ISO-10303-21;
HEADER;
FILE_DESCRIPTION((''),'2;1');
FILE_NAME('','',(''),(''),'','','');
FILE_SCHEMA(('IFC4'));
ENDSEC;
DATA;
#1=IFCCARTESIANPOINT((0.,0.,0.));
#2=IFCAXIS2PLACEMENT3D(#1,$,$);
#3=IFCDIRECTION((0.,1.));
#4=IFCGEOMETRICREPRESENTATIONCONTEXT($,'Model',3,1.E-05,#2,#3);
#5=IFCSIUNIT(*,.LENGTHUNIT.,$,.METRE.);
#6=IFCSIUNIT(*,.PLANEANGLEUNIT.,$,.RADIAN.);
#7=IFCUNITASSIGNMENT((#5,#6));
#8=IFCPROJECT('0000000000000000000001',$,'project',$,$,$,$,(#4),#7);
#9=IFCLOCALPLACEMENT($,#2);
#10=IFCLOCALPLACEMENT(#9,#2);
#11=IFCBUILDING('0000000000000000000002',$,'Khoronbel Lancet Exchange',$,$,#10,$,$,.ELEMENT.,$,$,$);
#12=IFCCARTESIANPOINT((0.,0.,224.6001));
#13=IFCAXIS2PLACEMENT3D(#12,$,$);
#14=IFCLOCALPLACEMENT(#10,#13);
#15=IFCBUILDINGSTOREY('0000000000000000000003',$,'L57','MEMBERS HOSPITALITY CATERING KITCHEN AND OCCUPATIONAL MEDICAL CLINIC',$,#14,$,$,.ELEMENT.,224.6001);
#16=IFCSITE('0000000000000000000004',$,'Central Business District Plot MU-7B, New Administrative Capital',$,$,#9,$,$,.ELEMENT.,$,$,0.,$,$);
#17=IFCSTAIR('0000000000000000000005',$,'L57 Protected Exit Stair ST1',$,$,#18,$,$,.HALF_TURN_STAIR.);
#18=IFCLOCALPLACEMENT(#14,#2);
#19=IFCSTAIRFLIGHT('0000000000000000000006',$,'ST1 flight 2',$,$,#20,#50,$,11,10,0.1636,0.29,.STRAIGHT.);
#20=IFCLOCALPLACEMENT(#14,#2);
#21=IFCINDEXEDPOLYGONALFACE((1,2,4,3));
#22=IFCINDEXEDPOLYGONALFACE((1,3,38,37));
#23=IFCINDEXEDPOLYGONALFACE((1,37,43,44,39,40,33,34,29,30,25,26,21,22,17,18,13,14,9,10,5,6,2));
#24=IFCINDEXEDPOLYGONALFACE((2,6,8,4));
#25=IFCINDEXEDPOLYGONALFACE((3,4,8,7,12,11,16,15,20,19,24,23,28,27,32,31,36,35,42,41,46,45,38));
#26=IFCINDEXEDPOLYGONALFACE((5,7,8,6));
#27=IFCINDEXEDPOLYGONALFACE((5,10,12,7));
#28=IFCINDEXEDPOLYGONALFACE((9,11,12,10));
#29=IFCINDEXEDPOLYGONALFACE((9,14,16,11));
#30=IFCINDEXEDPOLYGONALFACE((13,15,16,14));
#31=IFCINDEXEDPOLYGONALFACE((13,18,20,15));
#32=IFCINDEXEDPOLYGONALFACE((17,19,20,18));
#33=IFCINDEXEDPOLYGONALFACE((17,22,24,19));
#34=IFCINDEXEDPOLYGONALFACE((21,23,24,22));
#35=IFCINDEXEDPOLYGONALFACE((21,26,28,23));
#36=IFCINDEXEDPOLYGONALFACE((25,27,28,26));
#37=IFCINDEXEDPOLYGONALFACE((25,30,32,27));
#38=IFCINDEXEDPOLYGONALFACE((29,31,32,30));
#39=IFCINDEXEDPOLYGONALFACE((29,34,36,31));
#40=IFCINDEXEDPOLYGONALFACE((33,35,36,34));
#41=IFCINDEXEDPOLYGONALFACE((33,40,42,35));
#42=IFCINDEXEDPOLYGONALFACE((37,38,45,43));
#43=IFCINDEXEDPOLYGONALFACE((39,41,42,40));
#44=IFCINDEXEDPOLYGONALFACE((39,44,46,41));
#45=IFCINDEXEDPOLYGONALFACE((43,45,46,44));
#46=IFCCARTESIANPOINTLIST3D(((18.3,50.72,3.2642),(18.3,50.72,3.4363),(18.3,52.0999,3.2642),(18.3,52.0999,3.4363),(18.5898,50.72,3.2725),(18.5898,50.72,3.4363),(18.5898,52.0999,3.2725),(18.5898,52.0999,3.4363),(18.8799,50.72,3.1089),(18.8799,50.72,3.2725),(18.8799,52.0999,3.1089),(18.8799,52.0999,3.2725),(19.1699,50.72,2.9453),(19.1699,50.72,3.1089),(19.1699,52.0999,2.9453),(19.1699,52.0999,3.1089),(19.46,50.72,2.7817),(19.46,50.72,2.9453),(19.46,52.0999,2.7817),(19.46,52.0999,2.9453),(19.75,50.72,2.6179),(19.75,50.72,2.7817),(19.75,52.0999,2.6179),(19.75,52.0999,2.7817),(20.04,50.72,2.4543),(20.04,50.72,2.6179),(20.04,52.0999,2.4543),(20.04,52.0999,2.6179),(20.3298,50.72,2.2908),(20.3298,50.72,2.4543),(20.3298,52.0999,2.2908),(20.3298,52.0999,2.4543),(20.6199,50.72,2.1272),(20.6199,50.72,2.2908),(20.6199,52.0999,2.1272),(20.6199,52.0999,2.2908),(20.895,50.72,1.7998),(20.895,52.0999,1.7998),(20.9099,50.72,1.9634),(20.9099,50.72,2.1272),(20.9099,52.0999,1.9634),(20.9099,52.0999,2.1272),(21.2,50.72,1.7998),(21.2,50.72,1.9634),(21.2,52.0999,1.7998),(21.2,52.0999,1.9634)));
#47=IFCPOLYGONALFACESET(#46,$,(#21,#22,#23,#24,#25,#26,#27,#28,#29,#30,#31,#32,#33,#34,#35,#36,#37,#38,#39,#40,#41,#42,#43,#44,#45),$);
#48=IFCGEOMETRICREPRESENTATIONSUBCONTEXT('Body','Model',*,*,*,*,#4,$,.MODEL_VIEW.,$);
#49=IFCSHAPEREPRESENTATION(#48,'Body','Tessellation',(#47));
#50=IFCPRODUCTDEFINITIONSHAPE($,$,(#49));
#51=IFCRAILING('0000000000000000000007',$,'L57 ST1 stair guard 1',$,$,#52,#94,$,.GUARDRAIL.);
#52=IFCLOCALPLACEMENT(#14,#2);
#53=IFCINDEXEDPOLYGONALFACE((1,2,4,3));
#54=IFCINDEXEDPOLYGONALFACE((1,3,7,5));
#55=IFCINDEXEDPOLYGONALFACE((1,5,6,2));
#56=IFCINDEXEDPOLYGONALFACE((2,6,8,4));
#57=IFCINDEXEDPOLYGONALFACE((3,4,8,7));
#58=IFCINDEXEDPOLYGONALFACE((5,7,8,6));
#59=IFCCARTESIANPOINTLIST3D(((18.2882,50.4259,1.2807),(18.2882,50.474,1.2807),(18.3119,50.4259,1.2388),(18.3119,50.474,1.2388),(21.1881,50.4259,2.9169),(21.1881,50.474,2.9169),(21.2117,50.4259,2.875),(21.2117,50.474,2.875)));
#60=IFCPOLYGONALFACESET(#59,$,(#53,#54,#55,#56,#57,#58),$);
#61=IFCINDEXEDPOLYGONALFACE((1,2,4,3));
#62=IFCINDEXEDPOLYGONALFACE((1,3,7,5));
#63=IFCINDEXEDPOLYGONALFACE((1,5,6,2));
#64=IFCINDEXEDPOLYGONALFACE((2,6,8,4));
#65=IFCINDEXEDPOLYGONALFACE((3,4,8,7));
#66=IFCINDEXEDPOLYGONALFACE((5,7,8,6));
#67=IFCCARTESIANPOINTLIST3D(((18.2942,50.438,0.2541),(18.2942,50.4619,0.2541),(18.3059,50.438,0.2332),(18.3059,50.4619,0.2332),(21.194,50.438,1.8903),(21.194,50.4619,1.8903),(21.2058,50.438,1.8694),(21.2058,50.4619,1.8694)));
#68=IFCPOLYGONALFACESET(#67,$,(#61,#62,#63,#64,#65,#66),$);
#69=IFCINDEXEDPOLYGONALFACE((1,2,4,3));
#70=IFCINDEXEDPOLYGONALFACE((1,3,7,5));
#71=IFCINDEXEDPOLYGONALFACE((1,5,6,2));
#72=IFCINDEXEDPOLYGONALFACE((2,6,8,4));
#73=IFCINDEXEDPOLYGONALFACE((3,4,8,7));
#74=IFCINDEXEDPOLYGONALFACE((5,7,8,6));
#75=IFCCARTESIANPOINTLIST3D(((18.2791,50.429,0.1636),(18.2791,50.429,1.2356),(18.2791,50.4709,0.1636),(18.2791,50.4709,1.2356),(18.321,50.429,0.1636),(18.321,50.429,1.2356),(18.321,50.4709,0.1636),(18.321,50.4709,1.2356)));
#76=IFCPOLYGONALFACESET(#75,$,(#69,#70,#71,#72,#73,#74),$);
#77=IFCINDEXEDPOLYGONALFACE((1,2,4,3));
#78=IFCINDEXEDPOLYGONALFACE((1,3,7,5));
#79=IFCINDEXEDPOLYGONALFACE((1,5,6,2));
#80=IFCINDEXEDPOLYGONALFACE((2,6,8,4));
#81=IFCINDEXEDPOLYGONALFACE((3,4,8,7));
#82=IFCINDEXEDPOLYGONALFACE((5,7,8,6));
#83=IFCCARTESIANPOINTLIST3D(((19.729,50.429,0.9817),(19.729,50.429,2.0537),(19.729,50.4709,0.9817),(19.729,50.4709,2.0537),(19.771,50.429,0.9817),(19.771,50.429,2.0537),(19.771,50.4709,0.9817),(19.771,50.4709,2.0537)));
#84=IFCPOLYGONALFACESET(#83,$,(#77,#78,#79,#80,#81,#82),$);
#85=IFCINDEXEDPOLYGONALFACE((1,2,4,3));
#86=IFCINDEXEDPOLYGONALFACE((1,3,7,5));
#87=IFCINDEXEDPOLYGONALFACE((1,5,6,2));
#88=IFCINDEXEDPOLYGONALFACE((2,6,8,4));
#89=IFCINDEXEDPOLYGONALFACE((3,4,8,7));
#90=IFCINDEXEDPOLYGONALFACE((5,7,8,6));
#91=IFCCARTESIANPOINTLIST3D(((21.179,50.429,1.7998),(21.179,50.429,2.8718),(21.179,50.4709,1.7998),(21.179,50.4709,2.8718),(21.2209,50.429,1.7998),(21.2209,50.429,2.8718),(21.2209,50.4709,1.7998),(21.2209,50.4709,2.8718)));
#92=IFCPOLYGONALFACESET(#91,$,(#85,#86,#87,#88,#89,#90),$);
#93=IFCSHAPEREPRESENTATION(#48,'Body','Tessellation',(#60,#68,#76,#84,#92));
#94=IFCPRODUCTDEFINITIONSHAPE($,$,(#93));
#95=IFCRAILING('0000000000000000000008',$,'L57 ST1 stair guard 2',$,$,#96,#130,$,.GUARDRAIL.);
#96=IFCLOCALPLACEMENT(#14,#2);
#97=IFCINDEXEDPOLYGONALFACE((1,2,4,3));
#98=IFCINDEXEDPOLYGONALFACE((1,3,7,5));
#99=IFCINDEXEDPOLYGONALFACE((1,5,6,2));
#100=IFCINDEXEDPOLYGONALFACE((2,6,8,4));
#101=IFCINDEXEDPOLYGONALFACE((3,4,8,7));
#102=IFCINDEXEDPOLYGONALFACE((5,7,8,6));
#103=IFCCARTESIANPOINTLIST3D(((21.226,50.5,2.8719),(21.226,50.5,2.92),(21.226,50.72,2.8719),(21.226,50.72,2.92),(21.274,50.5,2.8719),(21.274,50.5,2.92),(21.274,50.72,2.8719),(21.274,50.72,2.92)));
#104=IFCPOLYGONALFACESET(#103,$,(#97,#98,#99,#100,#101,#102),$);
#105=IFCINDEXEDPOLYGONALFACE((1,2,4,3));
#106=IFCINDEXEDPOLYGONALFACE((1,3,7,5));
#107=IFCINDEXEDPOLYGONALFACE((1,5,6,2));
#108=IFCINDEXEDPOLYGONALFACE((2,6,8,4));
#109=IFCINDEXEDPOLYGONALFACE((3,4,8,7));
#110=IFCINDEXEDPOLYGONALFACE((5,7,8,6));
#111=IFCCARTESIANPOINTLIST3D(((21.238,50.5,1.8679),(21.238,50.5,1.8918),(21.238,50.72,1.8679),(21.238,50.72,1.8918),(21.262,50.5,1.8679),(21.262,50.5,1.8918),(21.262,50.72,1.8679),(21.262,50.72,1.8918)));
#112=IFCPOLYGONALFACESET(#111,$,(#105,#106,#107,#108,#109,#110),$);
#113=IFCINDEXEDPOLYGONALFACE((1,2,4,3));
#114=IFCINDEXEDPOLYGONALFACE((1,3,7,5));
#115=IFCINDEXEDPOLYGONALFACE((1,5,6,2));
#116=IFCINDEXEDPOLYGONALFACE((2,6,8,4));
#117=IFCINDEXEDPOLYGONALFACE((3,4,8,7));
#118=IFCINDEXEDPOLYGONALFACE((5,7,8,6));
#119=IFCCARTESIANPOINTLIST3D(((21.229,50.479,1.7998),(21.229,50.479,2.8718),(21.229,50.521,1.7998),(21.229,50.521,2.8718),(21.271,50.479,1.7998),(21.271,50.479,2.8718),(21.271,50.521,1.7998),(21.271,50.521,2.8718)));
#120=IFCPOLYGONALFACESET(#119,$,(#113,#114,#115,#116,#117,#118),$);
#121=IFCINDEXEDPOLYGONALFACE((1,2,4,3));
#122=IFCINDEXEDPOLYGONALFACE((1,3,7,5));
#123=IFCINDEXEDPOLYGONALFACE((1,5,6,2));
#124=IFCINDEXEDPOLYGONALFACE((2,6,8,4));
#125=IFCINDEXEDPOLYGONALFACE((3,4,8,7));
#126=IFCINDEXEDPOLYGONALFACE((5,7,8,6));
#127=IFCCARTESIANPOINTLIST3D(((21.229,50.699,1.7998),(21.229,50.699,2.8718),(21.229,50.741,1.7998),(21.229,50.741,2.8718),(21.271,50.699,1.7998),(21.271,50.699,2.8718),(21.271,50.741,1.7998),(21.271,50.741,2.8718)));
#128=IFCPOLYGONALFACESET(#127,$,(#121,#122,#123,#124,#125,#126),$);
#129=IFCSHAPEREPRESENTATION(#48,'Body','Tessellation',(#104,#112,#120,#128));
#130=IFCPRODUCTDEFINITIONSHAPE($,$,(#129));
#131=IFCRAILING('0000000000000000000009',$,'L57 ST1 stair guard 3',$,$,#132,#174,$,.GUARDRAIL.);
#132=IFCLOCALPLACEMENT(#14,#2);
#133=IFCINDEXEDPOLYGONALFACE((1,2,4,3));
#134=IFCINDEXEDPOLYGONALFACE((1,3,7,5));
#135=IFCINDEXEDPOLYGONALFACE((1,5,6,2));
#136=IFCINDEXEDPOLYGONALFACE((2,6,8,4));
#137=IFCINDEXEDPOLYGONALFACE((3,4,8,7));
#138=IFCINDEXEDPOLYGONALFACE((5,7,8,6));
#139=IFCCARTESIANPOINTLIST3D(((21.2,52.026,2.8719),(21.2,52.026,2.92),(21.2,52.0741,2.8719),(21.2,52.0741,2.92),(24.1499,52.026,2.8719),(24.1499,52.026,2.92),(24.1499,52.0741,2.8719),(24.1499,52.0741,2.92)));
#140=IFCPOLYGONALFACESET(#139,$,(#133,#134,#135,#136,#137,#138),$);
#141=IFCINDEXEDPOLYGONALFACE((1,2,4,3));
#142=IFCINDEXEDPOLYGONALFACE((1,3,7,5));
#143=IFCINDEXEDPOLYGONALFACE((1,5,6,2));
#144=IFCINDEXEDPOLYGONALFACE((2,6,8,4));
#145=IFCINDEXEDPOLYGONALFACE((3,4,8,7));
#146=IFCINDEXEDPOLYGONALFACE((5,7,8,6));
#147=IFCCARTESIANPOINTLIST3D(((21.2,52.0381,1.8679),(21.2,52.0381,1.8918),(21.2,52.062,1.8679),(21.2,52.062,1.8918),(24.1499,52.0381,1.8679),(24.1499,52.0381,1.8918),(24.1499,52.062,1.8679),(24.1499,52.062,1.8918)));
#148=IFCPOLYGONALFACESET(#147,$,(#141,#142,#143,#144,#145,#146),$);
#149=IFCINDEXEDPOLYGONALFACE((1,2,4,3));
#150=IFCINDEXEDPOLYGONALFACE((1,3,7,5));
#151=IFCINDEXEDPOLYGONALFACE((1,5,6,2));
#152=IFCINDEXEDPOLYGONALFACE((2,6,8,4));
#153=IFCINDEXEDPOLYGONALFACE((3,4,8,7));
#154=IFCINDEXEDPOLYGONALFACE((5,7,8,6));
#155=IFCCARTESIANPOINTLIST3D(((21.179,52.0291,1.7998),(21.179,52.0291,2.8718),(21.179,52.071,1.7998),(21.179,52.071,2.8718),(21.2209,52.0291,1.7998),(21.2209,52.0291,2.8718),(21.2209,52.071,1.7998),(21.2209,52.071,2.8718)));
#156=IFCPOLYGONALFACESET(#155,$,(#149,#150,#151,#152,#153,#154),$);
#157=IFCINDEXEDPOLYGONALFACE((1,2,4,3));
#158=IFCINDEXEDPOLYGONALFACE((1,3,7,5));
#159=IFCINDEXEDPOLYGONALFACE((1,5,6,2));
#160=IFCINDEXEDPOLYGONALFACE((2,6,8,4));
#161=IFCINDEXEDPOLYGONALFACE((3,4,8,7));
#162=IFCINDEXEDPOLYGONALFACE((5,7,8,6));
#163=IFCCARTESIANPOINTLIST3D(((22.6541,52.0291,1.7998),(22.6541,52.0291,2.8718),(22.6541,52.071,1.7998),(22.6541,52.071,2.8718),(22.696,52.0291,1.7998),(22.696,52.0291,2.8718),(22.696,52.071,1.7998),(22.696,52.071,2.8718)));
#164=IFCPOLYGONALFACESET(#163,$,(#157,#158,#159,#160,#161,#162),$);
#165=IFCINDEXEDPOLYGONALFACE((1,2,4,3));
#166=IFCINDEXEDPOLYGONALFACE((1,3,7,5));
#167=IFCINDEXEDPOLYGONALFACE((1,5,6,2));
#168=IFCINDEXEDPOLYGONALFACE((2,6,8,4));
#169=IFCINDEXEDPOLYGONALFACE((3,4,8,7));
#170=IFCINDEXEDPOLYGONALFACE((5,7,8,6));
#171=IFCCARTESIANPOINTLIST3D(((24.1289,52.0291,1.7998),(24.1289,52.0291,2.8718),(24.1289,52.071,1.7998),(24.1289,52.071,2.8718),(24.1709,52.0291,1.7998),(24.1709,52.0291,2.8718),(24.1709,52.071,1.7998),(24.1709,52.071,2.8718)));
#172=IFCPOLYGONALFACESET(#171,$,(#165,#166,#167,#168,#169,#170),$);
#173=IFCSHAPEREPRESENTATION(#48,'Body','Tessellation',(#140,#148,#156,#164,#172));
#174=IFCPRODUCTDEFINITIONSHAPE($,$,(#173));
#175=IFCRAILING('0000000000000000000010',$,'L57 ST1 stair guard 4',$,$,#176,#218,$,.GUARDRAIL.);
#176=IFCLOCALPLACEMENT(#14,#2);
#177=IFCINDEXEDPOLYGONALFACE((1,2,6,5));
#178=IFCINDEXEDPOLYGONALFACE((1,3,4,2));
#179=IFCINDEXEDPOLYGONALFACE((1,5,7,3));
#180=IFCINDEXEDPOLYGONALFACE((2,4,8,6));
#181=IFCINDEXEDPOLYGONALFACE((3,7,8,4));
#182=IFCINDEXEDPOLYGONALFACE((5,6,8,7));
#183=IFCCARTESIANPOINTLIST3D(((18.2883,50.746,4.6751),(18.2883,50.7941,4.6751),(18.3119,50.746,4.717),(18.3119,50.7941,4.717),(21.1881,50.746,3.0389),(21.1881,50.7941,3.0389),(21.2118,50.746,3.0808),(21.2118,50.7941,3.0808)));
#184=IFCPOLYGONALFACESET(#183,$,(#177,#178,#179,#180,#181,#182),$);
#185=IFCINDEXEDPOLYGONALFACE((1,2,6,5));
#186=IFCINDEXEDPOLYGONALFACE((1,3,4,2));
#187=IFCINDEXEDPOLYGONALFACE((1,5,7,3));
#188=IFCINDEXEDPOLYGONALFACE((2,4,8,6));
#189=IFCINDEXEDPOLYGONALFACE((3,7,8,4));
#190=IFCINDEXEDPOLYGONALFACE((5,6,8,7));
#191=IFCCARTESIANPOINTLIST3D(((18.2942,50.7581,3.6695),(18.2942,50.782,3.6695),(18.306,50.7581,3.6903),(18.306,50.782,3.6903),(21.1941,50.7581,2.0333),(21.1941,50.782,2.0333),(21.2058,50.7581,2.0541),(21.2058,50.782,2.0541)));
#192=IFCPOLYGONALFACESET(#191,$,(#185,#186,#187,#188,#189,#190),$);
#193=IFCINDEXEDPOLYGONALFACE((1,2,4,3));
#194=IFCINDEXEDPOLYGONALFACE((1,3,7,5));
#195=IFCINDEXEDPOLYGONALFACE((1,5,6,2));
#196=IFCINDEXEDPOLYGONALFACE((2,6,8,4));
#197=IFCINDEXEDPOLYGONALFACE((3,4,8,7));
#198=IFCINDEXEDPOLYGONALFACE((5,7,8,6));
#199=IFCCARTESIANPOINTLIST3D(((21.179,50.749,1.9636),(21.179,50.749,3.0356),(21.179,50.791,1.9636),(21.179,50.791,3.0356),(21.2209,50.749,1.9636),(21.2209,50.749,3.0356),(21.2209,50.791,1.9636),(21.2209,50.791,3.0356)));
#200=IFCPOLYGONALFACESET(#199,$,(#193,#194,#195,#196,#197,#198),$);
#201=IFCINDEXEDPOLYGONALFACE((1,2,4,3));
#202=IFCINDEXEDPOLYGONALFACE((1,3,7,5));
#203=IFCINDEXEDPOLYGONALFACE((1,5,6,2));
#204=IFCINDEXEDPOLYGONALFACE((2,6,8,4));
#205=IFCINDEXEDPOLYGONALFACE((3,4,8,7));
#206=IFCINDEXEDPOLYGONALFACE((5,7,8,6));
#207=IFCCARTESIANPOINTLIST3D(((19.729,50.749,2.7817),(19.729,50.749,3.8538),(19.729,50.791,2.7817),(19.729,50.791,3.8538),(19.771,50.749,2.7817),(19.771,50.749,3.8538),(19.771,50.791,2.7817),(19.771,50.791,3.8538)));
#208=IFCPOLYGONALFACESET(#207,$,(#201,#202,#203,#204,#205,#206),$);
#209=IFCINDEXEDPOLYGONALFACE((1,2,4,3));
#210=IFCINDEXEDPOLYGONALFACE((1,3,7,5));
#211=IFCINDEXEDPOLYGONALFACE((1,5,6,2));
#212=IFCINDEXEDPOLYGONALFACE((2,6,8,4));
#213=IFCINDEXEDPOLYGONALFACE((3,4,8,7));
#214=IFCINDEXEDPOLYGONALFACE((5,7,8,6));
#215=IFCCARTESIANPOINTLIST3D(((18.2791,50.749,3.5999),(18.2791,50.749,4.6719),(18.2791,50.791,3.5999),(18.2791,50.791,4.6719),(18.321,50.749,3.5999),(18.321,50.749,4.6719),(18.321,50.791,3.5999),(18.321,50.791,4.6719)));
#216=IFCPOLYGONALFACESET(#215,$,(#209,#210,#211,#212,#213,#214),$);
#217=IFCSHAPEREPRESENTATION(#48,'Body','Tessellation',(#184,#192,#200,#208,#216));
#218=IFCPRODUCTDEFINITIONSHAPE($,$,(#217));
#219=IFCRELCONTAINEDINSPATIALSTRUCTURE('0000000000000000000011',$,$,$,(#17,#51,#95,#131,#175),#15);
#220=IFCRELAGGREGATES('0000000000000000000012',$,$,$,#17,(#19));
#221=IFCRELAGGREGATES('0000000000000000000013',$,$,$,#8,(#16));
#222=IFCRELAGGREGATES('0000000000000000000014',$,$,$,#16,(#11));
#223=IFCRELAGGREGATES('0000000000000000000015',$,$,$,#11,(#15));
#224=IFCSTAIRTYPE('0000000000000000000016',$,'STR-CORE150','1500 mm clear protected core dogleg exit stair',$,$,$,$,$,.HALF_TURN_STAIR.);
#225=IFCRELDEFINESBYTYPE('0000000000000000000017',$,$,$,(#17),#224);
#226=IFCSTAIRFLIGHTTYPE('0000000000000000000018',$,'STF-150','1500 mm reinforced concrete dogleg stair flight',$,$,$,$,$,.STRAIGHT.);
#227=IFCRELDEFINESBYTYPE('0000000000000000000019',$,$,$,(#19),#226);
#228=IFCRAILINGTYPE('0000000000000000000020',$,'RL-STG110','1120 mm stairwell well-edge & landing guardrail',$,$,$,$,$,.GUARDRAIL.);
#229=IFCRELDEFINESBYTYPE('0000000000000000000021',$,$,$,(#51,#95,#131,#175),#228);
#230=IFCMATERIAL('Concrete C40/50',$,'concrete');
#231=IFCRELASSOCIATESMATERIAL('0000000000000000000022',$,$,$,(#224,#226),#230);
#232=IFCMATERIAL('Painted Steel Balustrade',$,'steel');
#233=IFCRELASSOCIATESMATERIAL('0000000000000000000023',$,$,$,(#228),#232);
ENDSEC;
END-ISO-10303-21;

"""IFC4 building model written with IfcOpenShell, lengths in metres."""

from ifc_helpers import new_model, si_unit, direction, frame, origin, origin_2d, place, context, subcontext, project, spatial, polyline, rectangle, outline, extrude, material, type_object, element, aggregate, save


model = new_model("IFC4")

# Units and contexts
model_context = context("Model", 3, precision=1e-05, world=origin(), true_north=direction((0.0, 1.0)))
body_context = subcontext(model_context, "Body", "Model", "MODEL_VIEW")
ifc_project = project(units=[si_unit("LENGTHUNIT", "METRE"), si_unit("PLANEANGLEUNIT", "RADIAN")], contexts=[model_context])

# Site, building, storey
site_placement = place(None, origin())
site = spatial("IfcSite", under=ifc_project, at=site_placement, Name="Central Business District Plot MU-7B, New Administrative Capital", CompositionType="ELEMENT", RefElevation=0.0)
building_placement = place(site_placement, origin())
building = spatial("IfcBuilding", under=site, at=building_placement, Name="Khoronbel Lancet Exchange", CompositionType="ELEMENT")
storey_placement = place(building_placement, frame((0.0, 0.0, 224.6001)))
storey = spatial("IfcBuildingStorey", under=building, at=storey_placement, Name="L57", Description="MEMBERS HOSPITALITY CATERING KITCHEN AND OCCUPATIONAL MEDICAL CLINIC", CompositionType="ELEMENT", Elevation=224.6001)

# Stair, stair flight
ifc_material_1 = material(Name="Concrete C40/50", Category="concrete")
stair_type = type_object("IfcStairType", Name="STR-CORE150", Description="1500 mm clear protected core dogleg exit stair", PredefinedType="HALF_TURN_STAIR", material=ifc_material_1)
stair_placement = place(storey_placement, origin())
stair = element("IfcStair", 1, at=stair_placement, inside=storey, type_object=stair_type, Name="L57 Protected Exit Stair ST1", PredefinedType="HALF_TURN_STAIR")
stair_flight_type = type_object("IfcStairFlightType", Name="STF-150", Description="1500 mm reinforced concrete dogleg stair flight", PredefinedType="STRAIGHT", material=ifc_material_1)
stair_flight_1_placement = place(storey_placement, frame((21.2, 51.4099, 1.7998), z_axis=(0.0, 0.0, 1.0), x_axis=(-1.0, 0.0, 0.0)))
stair_flight_1 = element("IfcStairFlight", 2, at=stair_flight_1_placement, type_object=stair_flight_type, Name="ST1 flight 2", NumberOfRisers=11, NumberOfTreads=10, PredefinedType="STRAIGHT", RiserHeight=0.1636, TreadLength=0.29, context=body_context, shape_type="SweptSolid", body=[
    extrude(outline(polyline([(0.0, 0.0), (0.0, 0.1636), (0.29, 0.1636), (0.29, 0.3274), (0.5801, 0.3274), (0.5801, 0.491), (0.8701, 0.491), (0.8701, 0.6545), (1.1599, 0.6545), (1.1599, 0.8181), (1.45, 0.8181), (1.45, 0.9819), (1.74, 0.9819), (1.74, 1.1455), (2.03, 1.1455), (2.03, 1.3091), (2.3201, 1.3091), (2.3201, 1.4727), (2.6101, 1.4727), (2.6101, 1.6365), (2.8999, 1.6365), (2.8999, 1.8), (2.8999, 1.4644), (0.3049, 0.0), (0.0, 0.0)])), frame((0.0, 0.6899, 0.0), z_axis=(0.0, -1.0, 0.0), x_axis=(1.0, 0.0, 0.0)), (0.0, 0.0, 1.0), 1.3799),
])
aggregate(stair, [stair_flight_1])

# Railings
ifc_material_2 = material(Name="Painted Steel Balustrade", Category="steel")
railing_type_1 = type_object("IfcRailingType", Name="RL-STG110", Description="1120 mm stairwell well-edge & landing guardrail", PredefinedType="GUARDRAIL", material=ifc_material_2)
railing_1_placement = place(storey_placement, frame((18.3, 50.45, 0.1636)))
element("IfcRailing", 3, at=railing_1_placement, inside=storey, type_object=railing_type_1, Name="L57 ST1 stair guard 1", PredefinedType="GUARDRAIL", context=body_context, shape_type="SweptSolid", body=[
    extrude(rectangle(XDim=0.0481, YDim=0.0481, at=origin_2d()), frame((0.0, 0.0, 1.0962), z_axis=(0.870929, 0.0, 0.49141), x_axis=(0.0, 1.0, 0.0)), (0.0, 0.0, 1.0), 3.3296),
    extrude(rectangle(XDim=0.0239, YDim=0.0239, at=origin_2d()), frame((0.0, 0.0, 0.0801), z_axis=(0.870929, 0.0, 0.49141), x_axis=(0.0, 1.0, 0.0)), (0.0, 0.0, 1.0), 3.3296),
    extrude(rectangle(XDim=0.042, YDim=0.042, at=origin_2d()), origin(), (0.0, 0.0, 1.0), 1.072),
    extrude(rectangle(XDim=0.042, YDim=0.042, at=origin_2d()), frame((1.45, 0.0, 0.8181)), (0.0, 0.0, 1.0), 1.072),
    extrude(rectangle(XDim=0.042, YDim=0.042, at=origin_2d()), frame((2.8999, 0.0, 1.6362)), (0.0, 0.0, 1.0), 1.072),
])
railing_2_placement = place(storey_placement, frame((21.25, 50.5, 1.7998)))
element("IfcRailing", 4, at=railing_2_placement, inside=storey, type_object=railing_type_1, Name="L57 ST1 stair guard 2", PredefinedType="GUARDRAIL", context=body_context, shape_type="SweptSolid", body=[
    extrude(rectangle(XDim=0.0481, YDim=0.0481, at=origin_2d()), frame((0.0, 0.0, 1.0962), z_axis=(0.0, 1.0, 0.0), x_axis=(-1.0, 0.0, 0.0)), (0.0, 0.0, 1.0), 0.22),
    extrude(rectangle(XDim=0.0239, YDim=0.0239, at=origin_2d()), frame((0.0, 0.0, 0.0801), z_axis=(0.0, 1.0, 0.0), x_axis=(-1.0, 0.0, 0.0)), (0.0, 0.0, 1.0), 0.22),
    extrude(rectangle(XDim=0.042, YDim=0.042, at=origin_2d()), origin(), (0.0, 0.0, 1.0), 1.072),
    extrude(rectangle(XDim=0.042, YDim=0.042, at=origin_2d()), frame((0.0, 0.22, 0.0)), (0.0, 0.0, 1.0), 1.072),
])
railing_3_placement = place(storey_placement, frame((21.2, 52.05, 1.7998)))
element("IfcRailing", 5, at=railing_3_placement, inside=storey, type_object=railing_type_1, Name="L57 ST1 stair guard 3", PredefinedType="GUARDRAIL", context=body_context, shape_type="SweptSolid", body=[
    extrude(rectangle(XDim=0.0481, YDim=0.0481, at=origin_2d()), frame((0.0, 0.0, 1.0962), z_axis=(1.0, 0.0, 0.0), x_axis=(0.0, 1.0, 0.0)), (0.0, 0.0, 1.0), 2.95),
    extrude(rectangle(XDim=0.0239, YDim=0.0239, at=origin_2d()), frame((0.0, 0.0, 0.0801), z_axis=(1.0, 0.0, 0.0), x_axis=(0.0, 1.0, 0.0)), (0.0, 0.0, 1.0), 2.95),
    extrude(rectangle(XDim=0.042, YDim=0.042, at=origin_2d()), origin(), (0.0, 0.0, 1.0), 1.072),
    extrude(rectangle(XDim=0.042, YDim=0.042, at=origin_2d()), frame((1.4751, 0.0, 0.0)), (0.0, 0.0, 1.0), 1.072),
    extrude(rectangle(XDim=0.042, YDim=0.042, at=origin_2d()), frame((2.95, 0.0, 0.0)), (0.0, 0.0, 1.0), 1.072),
])
railing_4_placement = place(storey_placement, frame((21.2, 50.77, 1.9636)))
element("IfcRailing", 6, at=railing_4_placement, inside=storey, type_object=railing_type_1, Name="L57 ST1 stair guard 4", PredefinedType="GUARDRAIL", context=body_context, shape_type="SweptSolid", body=[
    extrude(rectangle(XDim=0.0481, YDim=0.0481, at=origin_2d()), frame((0.0, 0.0, 1.0962), z_axis=(-0.870929, 0.0, 0.49141), x_axis=(0.0, -1.0, 0.0)), (0.0, 0.0, 1.0), 3.3296),
    extrude(rectangle(XDim=0.0239, YDim=0.0239, at=origin_2d()), frame((0.0, 0.0, 0.0801), z_axis=(-0.870929, 0.0, 0.49141), x_axis=(0.0, -1.0, 0.0)), (0.0, 0.0, 1.0), 3.3296),
    extrude(rectangle(XDim=0.042, YDim=0.042, at=origin_2d()), origin(), (0.0, 0.0, 1.0), 1.072),
    extrude(rectangle(XDim=0.042, YDim=0.042, at=origin_2d()), frame((-1.45, 0.0, 0.8181)), (0.0, 0.0, 1.0), 1.072),
    extrude(rectangle(XDim=0.042, YDim=0.042, at=origin_2d()), frame((-2.8999, 0.0, 1.6362)), (0.0, 0.0, 1.0), 1.072),
])

save(model, "model.ifc")
